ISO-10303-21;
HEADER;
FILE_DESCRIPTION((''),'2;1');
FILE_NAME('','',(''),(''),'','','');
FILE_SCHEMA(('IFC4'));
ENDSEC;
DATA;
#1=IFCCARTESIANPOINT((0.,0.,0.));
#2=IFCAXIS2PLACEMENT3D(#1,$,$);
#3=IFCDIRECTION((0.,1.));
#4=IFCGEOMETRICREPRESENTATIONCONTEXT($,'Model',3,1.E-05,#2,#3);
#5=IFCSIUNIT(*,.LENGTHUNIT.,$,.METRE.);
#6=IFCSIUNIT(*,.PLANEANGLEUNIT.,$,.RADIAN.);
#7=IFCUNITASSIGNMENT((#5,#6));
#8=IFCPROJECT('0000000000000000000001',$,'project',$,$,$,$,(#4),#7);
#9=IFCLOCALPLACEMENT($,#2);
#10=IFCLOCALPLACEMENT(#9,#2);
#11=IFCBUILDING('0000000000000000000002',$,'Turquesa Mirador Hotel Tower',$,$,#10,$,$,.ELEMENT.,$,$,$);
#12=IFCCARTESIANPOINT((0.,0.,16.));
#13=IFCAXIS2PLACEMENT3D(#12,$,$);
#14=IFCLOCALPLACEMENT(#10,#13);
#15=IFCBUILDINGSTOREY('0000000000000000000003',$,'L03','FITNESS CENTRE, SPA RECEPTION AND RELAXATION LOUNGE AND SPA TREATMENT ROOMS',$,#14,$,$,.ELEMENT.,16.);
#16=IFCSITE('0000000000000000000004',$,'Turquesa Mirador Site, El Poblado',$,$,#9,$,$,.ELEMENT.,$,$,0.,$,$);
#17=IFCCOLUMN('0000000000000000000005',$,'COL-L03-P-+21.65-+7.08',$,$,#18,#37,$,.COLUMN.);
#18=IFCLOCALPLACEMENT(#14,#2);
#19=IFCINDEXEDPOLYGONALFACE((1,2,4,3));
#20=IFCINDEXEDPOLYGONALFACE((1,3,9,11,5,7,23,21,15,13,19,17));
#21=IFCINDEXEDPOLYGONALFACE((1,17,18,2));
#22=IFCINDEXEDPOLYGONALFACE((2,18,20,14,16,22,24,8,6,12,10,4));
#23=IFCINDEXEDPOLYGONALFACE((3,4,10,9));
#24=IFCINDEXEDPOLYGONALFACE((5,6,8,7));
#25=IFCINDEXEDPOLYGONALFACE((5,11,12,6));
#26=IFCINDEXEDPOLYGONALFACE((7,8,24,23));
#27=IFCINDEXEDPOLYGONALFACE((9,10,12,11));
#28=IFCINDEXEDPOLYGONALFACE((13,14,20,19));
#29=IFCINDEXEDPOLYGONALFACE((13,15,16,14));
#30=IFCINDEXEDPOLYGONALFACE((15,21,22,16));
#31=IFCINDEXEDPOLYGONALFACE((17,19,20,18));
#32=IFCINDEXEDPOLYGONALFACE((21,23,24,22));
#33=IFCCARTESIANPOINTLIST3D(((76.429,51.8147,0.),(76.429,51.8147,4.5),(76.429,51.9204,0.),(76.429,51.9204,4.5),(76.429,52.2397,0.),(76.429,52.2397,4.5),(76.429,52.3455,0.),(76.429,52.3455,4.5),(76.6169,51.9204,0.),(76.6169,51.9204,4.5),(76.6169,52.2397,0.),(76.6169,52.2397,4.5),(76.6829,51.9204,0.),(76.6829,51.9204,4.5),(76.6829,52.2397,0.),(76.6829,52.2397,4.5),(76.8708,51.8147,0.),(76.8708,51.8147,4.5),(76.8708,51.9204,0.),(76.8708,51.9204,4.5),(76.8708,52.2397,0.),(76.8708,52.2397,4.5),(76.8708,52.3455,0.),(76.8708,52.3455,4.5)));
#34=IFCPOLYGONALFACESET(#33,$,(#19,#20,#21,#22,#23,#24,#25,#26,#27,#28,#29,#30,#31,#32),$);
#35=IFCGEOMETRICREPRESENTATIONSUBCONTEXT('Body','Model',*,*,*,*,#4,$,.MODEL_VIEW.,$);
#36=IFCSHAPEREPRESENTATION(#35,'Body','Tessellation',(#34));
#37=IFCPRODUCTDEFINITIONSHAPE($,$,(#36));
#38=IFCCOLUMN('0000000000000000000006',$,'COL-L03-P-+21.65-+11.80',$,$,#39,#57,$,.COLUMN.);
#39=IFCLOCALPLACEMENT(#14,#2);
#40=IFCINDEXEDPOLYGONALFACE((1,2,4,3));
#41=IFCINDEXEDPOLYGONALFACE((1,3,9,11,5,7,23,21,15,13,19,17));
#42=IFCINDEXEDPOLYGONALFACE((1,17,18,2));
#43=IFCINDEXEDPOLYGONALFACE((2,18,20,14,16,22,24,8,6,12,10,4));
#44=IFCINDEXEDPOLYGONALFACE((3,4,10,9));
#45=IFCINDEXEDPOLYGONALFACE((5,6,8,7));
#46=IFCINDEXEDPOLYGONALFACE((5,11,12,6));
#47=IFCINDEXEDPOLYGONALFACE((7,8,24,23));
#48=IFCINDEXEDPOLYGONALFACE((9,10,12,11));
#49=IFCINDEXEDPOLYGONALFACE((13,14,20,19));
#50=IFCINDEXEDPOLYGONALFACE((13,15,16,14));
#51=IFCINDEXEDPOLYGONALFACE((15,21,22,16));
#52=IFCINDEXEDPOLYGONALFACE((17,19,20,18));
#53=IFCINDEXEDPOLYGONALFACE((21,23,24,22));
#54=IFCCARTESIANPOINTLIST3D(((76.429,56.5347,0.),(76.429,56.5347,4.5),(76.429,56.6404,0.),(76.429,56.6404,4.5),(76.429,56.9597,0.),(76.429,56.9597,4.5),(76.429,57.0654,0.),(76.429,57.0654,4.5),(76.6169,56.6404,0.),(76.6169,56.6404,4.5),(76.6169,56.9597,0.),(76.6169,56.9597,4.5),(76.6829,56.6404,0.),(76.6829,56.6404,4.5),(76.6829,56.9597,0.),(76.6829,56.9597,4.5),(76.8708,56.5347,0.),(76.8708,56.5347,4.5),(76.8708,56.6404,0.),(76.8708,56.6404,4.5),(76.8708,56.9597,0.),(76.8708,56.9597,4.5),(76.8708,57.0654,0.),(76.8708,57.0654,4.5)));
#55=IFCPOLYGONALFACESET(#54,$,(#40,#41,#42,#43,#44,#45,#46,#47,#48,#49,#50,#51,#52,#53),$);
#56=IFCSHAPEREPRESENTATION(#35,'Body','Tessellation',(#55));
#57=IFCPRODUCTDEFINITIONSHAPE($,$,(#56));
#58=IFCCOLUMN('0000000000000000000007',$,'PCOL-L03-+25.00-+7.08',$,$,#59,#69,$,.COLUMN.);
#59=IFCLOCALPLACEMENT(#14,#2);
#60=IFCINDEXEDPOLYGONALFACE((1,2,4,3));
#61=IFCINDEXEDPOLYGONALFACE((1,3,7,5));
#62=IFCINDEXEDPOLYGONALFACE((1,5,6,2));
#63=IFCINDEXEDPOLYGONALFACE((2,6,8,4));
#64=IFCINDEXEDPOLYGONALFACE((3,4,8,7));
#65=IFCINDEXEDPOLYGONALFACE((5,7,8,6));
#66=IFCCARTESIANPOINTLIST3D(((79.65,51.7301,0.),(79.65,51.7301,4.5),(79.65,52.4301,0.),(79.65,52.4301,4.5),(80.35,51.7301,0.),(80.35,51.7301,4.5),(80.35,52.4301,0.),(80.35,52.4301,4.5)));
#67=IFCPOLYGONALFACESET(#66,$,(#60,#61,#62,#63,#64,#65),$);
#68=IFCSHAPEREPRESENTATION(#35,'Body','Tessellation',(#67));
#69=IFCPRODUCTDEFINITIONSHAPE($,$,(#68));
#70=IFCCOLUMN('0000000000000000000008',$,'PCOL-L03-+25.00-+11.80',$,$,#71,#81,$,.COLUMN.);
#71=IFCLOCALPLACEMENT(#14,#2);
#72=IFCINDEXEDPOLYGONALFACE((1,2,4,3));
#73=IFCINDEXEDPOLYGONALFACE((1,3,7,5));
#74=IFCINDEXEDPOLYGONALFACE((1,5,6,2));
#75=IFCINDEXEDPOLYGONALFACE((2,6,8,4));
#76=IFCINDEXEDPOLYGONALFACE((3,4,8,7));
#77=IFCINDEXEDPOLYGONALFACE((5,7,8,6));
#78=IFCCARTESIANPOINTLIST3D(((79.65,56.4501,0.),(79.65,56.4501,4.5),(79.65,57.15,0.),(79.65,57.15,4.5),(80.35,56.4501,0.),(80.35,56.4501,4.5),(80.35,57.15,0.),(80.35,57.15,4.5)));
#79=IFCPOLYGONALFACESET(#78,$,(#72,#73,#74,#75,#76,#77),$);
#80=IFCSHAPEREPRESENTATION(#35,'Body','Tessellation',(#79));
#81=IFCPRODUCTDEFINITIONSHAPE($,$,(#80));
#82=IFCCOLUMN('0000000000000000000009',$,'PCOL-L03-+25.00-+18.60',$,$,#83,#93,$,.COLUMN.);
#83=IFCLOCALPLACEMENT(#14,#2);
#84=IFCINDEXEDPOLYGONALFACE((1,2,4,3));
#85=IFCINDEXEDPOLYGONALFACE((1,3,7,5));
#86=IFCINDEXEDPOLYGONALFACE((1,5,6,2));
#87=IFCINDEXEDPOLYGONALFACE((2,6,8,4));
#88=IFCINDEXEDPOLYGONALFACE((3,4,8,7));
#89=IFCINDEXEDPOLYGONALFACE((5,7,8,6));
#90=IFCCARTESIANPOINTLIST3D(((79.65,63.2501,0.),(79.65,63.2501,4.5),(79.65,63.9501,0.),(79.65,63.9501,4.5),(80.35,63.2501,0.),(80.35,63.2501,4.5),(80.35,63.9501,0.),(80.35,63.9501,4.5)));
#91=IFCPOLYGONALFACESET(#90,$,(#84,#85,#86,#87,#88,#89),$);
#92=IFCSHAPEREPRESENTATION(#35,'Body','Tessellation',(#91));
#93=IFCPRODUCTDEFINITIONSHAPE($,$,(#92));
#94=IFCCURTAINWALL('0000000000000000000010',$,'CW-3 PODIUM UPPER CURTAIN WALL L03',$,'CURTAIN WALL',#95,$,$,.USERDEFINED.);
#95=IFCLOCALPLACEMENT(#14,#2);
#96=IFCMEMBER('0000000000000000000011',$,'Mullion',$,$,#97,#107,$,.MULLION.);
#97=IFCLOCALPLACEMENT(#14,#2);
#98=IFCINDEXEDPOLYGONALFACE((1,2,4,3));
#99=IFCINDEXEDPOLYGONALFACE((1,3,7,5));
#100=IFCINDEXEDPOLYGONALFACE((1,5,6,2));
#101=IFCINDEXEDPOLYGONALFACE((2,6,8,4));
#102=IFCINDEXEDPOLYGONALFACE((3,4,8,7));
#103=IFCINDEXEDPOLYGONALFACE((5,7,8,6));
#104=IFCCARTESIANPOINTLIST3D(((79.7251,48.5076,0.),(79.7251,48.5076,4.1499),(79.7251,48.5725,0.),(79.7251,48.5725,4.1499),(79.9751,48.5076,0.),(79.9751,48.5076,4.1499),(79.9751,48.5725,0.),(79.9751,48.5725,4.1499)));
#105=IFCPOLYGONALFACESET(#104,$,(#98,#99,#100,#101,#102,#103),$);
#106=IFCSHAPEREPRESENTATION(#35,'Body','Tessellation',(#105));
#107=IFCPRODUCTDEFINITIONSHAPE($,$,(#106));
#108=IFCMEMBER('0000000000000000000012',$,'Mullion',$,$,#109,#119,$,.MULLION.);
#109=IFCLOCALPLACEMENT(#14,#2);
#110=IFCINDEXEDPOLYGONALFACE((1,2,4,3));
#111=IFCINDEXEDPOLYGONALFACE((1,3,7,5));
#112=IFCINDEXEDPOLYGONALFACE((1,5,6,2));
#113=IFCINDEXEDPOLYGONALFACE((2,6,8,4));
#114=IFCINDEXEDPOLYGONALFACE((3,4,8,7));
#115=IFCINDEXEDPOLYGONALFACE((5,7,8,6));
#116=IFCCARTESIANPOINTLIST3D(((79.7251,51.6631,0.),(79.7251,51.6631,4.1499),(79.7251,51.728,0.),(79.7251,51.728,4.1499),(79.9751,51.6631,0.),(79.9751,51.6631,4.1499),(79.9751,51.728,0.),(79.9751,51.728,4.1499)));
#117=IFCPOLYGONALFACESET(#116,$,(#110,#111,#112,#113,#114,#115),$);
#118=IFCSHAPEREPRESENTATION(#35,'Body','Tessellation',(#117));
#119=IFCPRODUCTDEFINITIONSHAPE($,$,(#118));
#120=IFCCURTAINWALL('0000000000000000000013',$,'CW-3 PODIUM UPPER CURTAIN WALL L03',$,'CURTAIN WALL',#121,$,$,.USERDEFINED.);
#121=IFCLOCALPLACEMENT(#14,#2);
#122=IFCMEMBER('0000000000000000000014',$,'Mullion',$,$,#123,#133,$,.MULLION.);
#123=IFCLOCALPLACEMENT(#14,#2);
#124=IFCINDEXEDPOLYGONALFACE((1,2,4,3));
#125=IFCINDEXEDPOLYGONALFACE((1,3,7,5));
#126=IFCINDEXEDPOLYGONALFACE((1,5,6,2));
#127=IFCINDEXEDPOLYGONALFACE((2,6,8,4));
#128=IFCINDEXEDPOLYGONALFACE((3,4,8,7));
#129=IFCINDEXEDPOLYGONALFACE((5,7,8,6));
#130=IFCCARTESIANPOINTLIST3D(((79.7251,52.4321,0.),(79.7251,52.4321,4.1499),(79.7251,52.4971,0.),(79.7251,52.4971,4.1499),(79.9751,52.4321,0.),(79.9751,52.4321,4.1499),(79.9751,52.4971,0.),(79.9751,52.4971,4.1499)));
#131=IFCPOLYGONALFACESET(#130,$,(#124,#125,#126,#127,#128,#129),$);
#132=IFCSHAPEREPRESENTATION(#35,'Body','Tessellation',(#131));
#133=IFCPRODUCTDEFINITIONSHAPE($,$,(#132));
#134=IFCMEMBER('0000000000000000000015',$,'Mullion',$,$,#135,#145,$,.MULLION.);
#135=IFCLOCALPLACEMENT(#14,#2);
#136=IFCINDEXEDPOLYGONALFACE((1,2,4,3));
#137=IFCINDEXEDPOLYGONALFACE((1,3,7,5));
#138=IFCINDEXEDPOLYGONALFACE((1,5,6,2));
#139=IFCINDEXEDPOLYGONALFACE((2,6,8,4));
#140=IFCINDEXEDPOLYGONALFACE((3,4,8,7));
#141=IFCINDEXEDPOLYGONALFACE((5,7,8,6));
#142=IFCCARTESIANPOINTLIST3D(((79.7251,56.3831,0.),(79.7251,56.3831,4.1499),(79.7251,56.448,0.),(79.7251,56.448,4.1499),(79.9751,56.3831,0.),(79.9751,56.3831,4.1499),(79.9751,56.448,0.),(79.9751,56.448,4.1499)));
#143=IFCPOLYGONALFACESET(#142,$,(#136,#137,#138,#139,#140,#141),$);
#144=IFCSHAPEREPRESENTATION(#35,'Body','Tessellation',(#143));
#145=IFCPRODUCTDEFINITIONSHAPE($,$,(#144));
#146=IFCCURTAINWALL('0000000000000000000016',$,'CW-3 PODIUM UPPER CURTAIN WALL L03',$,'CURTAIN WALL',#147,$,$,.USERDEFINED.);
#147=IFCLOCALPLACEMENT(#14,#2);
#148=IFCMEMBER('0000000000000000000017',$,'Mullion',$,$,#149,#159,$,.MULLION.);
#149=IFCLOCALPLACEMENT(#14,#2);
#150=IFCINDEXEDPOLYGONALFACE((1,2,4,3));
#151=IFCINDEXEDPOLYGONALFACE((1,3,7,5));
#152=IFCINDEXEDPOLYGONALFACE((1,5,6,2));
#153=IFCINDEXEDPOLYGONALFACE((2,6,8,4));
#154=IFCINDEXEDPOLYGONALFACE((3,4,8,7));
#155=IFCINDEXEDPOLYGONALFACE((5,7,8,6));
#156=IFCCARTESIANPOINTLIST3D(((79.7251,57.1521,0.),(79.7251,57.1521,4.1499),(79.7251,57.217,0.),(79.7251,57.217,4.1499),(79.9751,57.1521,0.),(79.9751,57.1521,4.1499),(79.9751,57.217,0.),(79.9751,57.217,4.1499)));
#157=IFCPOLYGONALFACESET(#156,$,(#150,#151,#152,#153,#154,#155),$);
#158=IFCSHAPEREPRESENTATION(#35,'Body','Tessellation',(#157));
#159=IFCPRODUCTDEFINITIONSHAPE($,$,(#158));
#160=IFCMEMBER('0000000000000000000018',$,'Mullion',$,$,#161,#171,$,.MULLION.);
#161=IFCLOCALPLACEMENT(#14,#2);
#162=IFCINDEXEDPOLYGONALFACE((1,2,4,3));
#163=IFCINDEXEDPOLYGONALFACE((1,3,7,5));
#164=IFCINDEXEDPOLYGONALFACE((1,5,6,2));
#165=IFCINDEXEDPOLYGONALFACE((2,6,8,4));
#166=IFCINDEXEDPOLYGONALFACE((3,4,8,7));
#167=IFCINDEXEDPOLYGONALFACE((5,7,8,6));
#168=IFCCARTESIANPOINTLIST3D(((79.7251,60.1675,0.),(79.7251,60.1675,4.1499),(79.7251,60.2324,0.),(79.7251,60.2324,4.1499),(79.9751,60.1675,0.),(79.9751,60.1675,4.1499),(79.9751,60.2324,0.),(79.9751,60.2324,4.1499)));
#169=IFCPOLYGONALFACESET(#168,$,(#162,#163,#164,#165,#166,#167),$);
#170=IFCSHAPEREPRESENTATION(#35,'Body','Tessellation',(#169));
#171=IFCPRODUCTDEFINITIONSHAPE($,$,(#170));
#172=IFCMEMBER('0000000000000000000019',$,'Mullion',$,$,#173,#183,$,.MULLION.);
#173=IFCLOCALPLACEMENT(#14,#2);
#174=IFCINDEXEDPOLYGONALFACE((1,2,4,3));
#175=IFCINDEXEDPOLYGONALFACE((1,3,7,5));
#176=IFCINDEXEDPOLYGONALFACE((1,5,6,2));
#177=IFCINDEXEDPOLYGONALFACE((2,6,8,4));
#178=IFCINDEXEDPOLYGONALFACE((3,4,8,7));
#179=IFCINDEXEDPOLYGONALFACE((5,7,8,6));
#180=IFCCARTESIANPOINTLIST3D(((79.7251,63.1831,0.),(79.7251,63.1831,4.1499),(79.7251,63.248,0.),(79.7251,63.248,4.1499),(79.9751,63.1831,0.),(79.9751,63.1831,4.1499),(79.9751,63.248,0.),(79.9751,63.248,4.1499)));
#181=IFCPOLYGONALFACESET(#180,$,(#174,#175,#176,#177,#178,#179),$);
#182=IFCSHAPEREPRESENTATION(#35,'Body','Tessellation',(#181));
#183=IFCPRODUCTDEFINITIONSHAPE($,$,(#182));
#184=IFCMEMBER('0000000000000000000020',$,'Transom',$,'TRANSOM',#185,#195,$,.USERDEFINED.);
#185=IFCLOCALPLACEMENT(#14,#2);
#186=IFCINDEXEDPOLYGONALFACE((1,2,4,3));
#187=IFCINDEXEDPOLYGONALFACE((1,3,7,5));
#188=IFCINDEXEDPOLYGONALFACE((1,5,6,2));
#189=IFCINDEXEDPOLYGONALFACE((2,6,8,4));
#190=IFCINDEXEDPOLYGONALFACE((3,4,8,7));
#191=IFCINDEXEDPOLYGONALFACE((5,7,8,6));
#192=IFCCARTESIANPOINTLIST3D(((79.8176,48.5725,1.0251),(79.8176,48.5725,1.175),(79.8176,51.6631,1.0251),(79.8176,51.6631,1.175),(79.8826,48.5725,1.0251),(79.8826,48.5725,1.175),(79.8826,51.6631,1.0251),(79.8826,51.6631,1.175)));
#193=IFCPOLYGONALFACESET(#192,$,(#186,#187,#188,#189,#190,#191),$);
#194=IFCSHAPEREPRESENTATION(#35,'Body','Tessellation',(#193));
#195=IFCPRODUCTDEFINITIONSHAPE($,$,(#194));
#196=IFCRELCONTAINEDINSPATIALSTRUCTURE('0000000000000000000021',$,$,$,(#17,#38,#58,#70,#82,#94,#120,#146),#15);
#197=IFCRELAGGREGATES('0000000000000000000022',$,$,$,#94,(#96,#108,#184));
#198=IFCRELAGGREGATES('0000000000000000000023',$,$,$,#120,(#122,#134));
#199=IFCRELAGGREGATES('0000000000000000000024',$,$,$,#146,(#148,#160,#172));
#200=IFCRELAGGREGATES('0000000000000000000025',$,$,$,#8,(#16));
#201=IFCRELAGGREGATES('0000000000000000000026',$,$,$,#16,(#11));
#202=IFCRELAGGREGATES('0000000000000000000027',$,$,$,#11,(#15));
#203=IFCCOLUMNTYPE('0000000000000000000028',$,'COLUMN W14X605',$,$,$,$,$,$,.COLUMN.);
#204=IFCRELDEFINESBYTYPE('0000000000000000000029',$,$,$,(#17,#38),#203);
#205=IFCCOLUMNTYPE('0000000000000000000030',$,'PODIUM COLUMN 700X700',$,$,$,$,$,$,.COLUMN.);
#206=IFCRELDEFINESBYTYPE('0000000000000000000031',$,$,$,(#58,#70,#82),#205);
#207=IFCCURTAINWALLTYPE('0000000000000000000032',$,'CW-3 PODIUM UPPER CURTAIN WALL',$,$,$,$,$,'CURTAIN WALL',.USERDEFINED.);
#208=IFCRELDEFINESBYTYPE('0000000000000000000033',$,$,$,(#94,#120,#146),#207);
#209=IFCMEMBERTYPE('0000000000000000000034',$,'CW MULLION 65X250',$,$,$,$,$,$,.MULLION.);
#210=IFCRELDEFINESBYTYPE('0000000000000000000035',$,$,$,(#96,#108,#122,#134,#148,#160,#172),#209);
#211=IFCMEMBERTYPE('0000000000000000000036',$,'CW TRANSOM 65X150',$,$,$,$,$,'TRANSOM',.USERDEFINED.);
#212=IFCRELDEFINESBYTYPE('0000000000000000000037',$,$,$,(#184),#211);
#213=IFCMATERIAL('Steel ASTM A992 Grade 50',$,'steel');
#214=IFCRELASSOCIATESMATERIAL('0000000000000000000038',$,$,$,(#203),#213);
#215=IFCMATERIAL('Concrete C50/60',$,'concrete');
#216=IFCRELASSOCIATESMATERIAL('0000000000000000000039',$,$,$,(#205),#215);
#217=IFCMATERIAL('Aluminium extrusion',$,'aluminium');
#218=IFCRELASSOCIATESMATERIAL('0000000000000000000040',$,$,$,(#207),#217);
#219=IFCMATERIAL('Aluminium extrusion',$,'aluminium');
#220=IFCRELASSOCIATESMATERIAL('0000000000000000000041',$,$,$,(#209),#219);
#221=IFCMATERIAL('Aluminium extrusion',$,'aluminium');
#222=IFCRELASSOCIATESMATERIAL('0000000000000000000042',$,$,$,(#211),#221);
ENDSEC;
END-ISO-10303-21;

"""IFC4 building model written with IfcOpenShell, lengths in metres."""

from ifc_helpers import new_model, si_unit, direction, frame, origin, origin_2d, place, context, subcontext, project, spatial, rectangle, i_section, extrude, material, material_profile, profile_set, type_object, element, aggregate, save


model = new_model("IFC4")

# Units and contexts
model_context = context("Model", 3, precision=1e-05, world=origin(), true_north=direction((0.0, 1.0)))
body_context = subcontext(model_context, "Body", "Model", "MODEL_VIEW")
ifc_project = project(units=[si_unit("LENGTHUNIT", "METRE"), si_unit("PLANEANGLEUNIT", "RADIAN")], contexts=[model_context])

# Site, building, storey
site_placement = place(None, origin())
site = spatial("IfcSite", under=ifc_project, at=site_placement, Name="Turquesa Mirador Site, El Poblado", CompositionType="ELEMENT", RefElevation=0.0)
building_placement = place(site_placement, origin())
building = spatial("IfcBuilding", under=site, at=building_placement, Name="Turquesa Mirador Hotel Tower", CompositionType="ELEMENT")
storey_placement = place(building_placement, frame((0.0, 0.0, 16.0)))
storey = spatial("IfcBuildingStorey", under=building, at=storey_placement, Name="L03", Description="FITNESS CENTRE, SPA RECEPTION AND RELAXATION LOUNGE AND SPA TREATMENT ROOMS", CompositionType="ELEMENT", Elevation=16.0)

# Columns
ifc_material_1 = material(Name="Steel ASTM A992 Grade 50", Category="steel")
ifc_material_profile_1 = material_profile(ifc_material_1, i_section(OverallWidth=0.4419, OverallDepth=0.5308, WebThickness=0.0659, FlangeThickness=0.1057, at=origin_2d()), Name="W14X605")
ifc_profile_set_1 = profile_set([ifc_material_profile_1], Name="Steel ASTM A992 Grade 50")
column_type_1 = type_object("IfcColumnType", Name="COLUMN W14X605", PredefinedType="COLUMN", material=ifc_profile_set_1)
for number, where, z_axis, x_axis, name in (
    (1, (76.6499, 52.0801, 0.0), (0.0, 0.0, 1.0), (1.0, 0.0, 0.0), "COL-L03-P-+21.65-+7.08"),
    (2, (76.6499, 56.8, 0.0), (0.0, 0.0, 1.0), (1.0, 0.0, 0.0), "COL-L03-P-+21.65-+11.80"),
):
    element("IfcColumn", number, at=place(storey_placement, frame(where, z_axis=z_axis, x_axis=x_axis)), inside=storey, type_object=column_type_1, Name=name, PredefinedType="COLUMN", context=body_context, shape_type="SweptSolid", body=[
        extrude(i_section(OverallWidth=0.4419, OverallDepth=0.5308, WebThickness=0.0659, FlangeThickness=0.1057, at=origin_2d()), origin(), (0.0, 0.0, 1.0), 4.5),
    ])
ifc_material_2 = material(Name="Concrete C50/60", Category="concrete")
ifc_material_profile_2 = material_profile(ifc_material_2, rectangle(XDim=0.7, YDim=0.7, at=origin_2d()), Name="RC 700X700")
ifc_profile_set_2 = profile_set([ifc_material_profile_2], Name="Concrete C50/60")
column_type_2 = type_object("IfcColumnType", Name="PODIUM COLUMN 700X700", PredefinedType="COLUMN", material=ifc_profile_set_2)
for number, where, z_axis, x_axis, name in (
    (3, (80.0, 52.0801, 0.0), (0.0, 0.0, 1.0), (1.0, 0.0, 0.0), "PCOL-L03-+25.00-+7.08"),
    (4, (80.0, 56.8, 0.0), (0.0, 0.0, 1.0), (1.0, 0.0, 0.0), "PCOL-L03-+25.00-+11.80"),
    (5, (80.0, 63.6001, 0.0), (0.0, 0.0, 1.0), (1.0, 0.0, 0.0), "PCOL-L03-+25.00-+18.60"),
):
    element("IfcColumn", number, at=place(storey_placement, frame(where, z_axis=z_axis, x_axis=x_axis)), inside=storey, type_object=column_type_2, Name=name, PredefinedType="COLUMN", context=body_context, shape_type="SweptSolid", body=[
        extrude(rectangle(XDim=0.7, YDim=0.7, at=origin_2d()), origin(), (0.0, 0.0, 1.0), 4.5),
    ])

# Curtain walls, members
ifc_material_3 = material(Name="Aluminium extrusion", Category="aluminium")
curtain_wall_type = type_object("IfcCurtainWallType", Name="CW-3 PODIUM UPPER CURTAIN WALL", ElementType="CURTAIN WALL", PredefinedType="USERDEFINED", material=ifc_material_3)
curtain_wall_1_placement = place(storey_placement, origin())
curtain_wall_1 = element("IfcCurtainWall", 6, at=curtain_wall_1_placement, inside=storey, type_object=curtain_wall_type, Name="CW-3 PODIUM UPPER CURTAIN WALL L03", ObjectType="CURTAIN WALL", PredefinedType="USERDEFINED")
ifc_material_4 = material(Name="Aluminium extrusion", Category="aluminium")
ifc_material_profile_3 = material_profile(ifc_material_4, rectangle(XDim=0.0649, YDim=0.25, at=origin_2d()), Name="MULLION 65X250")
ifc_profile_set_3 = profile_set([ifc_material_profile_3], Name="Aluminium extrusion")
member_type_1 = type_object("IfcMemberType", Name="CW MULLION 65X250", PredefinedType="MULLION", material=ifc_profile_set_3)
member_1_placement = place(storey_placement, frame((79.8501, 48.54, 0.0), z_axis=(0.0, 0.0, 1.0), x_axis=(0.0, 1.0, 0.0)))
member_1 = element("IfcMember", 7, at=member_1_placement, type_object=member_type_1, Name="Mullion", PredefinedType="MULLION", context=body_context, shape_type="SweptSolid", body=[
    extrude(rectangle(XDim=0.0649, YDim=0.25, at=origin_2d()), origin(), (0.0, 0.0, 1.0), 4.1499),
])
member_2_placement = place(storey_placement, frame((79.8501, 51.6956, 0.0), z_axis=(0.0, 0.0, 1.0), x_axis=(0.0, 1.0, 0.0)))
member_2 = element("IfcMember", 8, at=member_2_placement, type_object=member_type_1, Name="Mullion", PredefinedType="MULLION", context=body_context, shape_type="SweptSolid", body=[
    extrude(rectangle(XDim=0.0649, YDim=0.25, at=origin_2d()), origin(), (0.0, 0.0, 1.0), 4.1499),
])
curtain_wall_2_placement = place(storey_placement, origin())
curtain_wall_2 = element("IfcCurtainWall", 9, at=curtain_wall_2_placement, inside=storey, type_object=curtain_wall_type, Name="CW-3 PODIUM UPPER CURTAIN WALL L03", ObjectType="CURTAIN WALL", PredefinedType="USERDEFINED")
member_3_placement = place(storey_placement, frame((79.8501, 52.4646, 0.0), z_axis=(0.0, 0.0, 1.0), x_axis=(0.0, 1.0, 0.0)))
member_3 = element("IfcMember", 10, at=member_3_placement, type_object=member_type_1, Name="Mullion", PredefinedType="MULLION", context=body_context, shape_type="SweptSolid", body=[
    extrude(rectangle(XDim=0.0649, YDim=0.25, at=origin_2d()), origin(), (0.0, 0.0, 1.0), 4.1499),
])
member_4_placement = place(storey_placement, frame((79.8501, 56.4155, 0.0), z_axis=(0.0, 0.0, 1.0), x_axis=(0.0, 1.0, 0.0)))
member_4 = element("IfcMember", 11, at=member_4_placement, type_object=member_type_1, Name="Mullion", PredefinedType="MULLION", context=body_context, shape_type="SweptSolid", body=[
    extrude(rectangle(XDim=0.0649, YDim=0.25, at=origin_2d()), origin(), (0.0, 0.0, 1.0), 4.1499),
])
curtain_wall_3_placement = place(storey_placement, origin())
curtain_wall_3 = element("IfcCurtainWall", 12, at=curtain_wall_3_placement, inside=storey, type_object=curtain_wall_type, Name="CW-3 PODIUM UPPER CURTAIN WALL L03", ObjectType="CURTAIN WALL", PredefinedType="USERDEFINED")
member_5_placement = place(storey_placement, frame((79.8501, 57.1846, 0.0), z_axis=(0.0, 0.0, 1.0), x_axis=(0.0, 1.0, 0.0)))
member_5 = element("IfcMember", 13, at=member_5_placement, type_object=member_type_1, Name="Mullion", PredefinedType="MULLION", context=body_context, shape_type="SweptSolid", body=[
    extrude(rectangle(XDim=0.0649, YDim=0.25, at=origin_2d()), origin(), (0.0, 0.0, 1.0), 4.1499),
])
member_6_placement = place(storey_placement, frame((79.8501, 60.2, 0.0), z_axis=(0.0, 0.0, 1.0), x_axis=(0.0, 1.0, 0.0)))
member_6 = element("IfcMember", 14, at=member_6_placement, type_object=member_type_1, Name="Mullion", PredefinedType="MULLION", context=body_context, shape_type="SweptSolid", body=[
    extrude(rectangle(XDim=0.0649, YDim=0.25, at=origin_2d()), origin(), (0.0, 0.0, 1.0), 4.1499),
])
member_7_placement = place(storey_placement, frame((79.8501, 63.2156, 0.0), z_axis=(0.0, 0.0, 1.0), x_axis=(0.0, 1.0, 0.0)))
member_7 = element("IfcMember", 15, at=member_7_placement, type_object=member_type_1, Name="Mullion", PredefinedType="MULLION", context=body_context, shape_type="SweptSolid", body=[
    extrude(rectangle(XDim=0.0649, YDim=0.25, at=origin_2d()), origin(), (0.0, 0.0, 1.0), 4.1499),
])

# Member
ifc_material_5 = material(Name="Aluminium extrusion", Category="aluminium")
ifc_material_profile_4 = material_profile(ifc_material_5, rectangle(XDim=0.0649, YDim=0.1499, at=origin_2d()), Name="TRANSOM 65X150")
ifc_profile_set_4 = profile_set([ifc_material_profile_4], Name="Aluminium extrusion")
member_type_2 = type_object("IfcMemberType", Name="CW TRANSOM 65X150", ElementType="TRANSOM", PredefinedType="USERDEFINED", material=ifc_profile_set_4)
member_8_placement = place(storey_placement, frame((79.8501, 48.5725, 1.1001), z_axis=(0.0, 1.0, 0.0), x_axis=(-1.0, 0.0, 0.0)))
member_8 = element("IfcMember", 16, at=member_8_placement, type_object=member_type_2, Name="Transom", ObjectType="TRANSOM", PredefinedType="USERDEFINED", context=body_context, shape_type="SweptSolid", body=[
    extrude(rectangle(XDim=0.0649, YDim=0.1499, at=origin_2d()), origin(), (0.0, 0.0, 1.0), 3.0906),
])

aggregate(curtain_wall_1, [member_1, member_2, member_8])
aggregate(curtain_wall_2, [member_3, member_4])
aggregate(curtain_wall_3, [member_5, member_6, member_7])

save(model, "model.ifc")
